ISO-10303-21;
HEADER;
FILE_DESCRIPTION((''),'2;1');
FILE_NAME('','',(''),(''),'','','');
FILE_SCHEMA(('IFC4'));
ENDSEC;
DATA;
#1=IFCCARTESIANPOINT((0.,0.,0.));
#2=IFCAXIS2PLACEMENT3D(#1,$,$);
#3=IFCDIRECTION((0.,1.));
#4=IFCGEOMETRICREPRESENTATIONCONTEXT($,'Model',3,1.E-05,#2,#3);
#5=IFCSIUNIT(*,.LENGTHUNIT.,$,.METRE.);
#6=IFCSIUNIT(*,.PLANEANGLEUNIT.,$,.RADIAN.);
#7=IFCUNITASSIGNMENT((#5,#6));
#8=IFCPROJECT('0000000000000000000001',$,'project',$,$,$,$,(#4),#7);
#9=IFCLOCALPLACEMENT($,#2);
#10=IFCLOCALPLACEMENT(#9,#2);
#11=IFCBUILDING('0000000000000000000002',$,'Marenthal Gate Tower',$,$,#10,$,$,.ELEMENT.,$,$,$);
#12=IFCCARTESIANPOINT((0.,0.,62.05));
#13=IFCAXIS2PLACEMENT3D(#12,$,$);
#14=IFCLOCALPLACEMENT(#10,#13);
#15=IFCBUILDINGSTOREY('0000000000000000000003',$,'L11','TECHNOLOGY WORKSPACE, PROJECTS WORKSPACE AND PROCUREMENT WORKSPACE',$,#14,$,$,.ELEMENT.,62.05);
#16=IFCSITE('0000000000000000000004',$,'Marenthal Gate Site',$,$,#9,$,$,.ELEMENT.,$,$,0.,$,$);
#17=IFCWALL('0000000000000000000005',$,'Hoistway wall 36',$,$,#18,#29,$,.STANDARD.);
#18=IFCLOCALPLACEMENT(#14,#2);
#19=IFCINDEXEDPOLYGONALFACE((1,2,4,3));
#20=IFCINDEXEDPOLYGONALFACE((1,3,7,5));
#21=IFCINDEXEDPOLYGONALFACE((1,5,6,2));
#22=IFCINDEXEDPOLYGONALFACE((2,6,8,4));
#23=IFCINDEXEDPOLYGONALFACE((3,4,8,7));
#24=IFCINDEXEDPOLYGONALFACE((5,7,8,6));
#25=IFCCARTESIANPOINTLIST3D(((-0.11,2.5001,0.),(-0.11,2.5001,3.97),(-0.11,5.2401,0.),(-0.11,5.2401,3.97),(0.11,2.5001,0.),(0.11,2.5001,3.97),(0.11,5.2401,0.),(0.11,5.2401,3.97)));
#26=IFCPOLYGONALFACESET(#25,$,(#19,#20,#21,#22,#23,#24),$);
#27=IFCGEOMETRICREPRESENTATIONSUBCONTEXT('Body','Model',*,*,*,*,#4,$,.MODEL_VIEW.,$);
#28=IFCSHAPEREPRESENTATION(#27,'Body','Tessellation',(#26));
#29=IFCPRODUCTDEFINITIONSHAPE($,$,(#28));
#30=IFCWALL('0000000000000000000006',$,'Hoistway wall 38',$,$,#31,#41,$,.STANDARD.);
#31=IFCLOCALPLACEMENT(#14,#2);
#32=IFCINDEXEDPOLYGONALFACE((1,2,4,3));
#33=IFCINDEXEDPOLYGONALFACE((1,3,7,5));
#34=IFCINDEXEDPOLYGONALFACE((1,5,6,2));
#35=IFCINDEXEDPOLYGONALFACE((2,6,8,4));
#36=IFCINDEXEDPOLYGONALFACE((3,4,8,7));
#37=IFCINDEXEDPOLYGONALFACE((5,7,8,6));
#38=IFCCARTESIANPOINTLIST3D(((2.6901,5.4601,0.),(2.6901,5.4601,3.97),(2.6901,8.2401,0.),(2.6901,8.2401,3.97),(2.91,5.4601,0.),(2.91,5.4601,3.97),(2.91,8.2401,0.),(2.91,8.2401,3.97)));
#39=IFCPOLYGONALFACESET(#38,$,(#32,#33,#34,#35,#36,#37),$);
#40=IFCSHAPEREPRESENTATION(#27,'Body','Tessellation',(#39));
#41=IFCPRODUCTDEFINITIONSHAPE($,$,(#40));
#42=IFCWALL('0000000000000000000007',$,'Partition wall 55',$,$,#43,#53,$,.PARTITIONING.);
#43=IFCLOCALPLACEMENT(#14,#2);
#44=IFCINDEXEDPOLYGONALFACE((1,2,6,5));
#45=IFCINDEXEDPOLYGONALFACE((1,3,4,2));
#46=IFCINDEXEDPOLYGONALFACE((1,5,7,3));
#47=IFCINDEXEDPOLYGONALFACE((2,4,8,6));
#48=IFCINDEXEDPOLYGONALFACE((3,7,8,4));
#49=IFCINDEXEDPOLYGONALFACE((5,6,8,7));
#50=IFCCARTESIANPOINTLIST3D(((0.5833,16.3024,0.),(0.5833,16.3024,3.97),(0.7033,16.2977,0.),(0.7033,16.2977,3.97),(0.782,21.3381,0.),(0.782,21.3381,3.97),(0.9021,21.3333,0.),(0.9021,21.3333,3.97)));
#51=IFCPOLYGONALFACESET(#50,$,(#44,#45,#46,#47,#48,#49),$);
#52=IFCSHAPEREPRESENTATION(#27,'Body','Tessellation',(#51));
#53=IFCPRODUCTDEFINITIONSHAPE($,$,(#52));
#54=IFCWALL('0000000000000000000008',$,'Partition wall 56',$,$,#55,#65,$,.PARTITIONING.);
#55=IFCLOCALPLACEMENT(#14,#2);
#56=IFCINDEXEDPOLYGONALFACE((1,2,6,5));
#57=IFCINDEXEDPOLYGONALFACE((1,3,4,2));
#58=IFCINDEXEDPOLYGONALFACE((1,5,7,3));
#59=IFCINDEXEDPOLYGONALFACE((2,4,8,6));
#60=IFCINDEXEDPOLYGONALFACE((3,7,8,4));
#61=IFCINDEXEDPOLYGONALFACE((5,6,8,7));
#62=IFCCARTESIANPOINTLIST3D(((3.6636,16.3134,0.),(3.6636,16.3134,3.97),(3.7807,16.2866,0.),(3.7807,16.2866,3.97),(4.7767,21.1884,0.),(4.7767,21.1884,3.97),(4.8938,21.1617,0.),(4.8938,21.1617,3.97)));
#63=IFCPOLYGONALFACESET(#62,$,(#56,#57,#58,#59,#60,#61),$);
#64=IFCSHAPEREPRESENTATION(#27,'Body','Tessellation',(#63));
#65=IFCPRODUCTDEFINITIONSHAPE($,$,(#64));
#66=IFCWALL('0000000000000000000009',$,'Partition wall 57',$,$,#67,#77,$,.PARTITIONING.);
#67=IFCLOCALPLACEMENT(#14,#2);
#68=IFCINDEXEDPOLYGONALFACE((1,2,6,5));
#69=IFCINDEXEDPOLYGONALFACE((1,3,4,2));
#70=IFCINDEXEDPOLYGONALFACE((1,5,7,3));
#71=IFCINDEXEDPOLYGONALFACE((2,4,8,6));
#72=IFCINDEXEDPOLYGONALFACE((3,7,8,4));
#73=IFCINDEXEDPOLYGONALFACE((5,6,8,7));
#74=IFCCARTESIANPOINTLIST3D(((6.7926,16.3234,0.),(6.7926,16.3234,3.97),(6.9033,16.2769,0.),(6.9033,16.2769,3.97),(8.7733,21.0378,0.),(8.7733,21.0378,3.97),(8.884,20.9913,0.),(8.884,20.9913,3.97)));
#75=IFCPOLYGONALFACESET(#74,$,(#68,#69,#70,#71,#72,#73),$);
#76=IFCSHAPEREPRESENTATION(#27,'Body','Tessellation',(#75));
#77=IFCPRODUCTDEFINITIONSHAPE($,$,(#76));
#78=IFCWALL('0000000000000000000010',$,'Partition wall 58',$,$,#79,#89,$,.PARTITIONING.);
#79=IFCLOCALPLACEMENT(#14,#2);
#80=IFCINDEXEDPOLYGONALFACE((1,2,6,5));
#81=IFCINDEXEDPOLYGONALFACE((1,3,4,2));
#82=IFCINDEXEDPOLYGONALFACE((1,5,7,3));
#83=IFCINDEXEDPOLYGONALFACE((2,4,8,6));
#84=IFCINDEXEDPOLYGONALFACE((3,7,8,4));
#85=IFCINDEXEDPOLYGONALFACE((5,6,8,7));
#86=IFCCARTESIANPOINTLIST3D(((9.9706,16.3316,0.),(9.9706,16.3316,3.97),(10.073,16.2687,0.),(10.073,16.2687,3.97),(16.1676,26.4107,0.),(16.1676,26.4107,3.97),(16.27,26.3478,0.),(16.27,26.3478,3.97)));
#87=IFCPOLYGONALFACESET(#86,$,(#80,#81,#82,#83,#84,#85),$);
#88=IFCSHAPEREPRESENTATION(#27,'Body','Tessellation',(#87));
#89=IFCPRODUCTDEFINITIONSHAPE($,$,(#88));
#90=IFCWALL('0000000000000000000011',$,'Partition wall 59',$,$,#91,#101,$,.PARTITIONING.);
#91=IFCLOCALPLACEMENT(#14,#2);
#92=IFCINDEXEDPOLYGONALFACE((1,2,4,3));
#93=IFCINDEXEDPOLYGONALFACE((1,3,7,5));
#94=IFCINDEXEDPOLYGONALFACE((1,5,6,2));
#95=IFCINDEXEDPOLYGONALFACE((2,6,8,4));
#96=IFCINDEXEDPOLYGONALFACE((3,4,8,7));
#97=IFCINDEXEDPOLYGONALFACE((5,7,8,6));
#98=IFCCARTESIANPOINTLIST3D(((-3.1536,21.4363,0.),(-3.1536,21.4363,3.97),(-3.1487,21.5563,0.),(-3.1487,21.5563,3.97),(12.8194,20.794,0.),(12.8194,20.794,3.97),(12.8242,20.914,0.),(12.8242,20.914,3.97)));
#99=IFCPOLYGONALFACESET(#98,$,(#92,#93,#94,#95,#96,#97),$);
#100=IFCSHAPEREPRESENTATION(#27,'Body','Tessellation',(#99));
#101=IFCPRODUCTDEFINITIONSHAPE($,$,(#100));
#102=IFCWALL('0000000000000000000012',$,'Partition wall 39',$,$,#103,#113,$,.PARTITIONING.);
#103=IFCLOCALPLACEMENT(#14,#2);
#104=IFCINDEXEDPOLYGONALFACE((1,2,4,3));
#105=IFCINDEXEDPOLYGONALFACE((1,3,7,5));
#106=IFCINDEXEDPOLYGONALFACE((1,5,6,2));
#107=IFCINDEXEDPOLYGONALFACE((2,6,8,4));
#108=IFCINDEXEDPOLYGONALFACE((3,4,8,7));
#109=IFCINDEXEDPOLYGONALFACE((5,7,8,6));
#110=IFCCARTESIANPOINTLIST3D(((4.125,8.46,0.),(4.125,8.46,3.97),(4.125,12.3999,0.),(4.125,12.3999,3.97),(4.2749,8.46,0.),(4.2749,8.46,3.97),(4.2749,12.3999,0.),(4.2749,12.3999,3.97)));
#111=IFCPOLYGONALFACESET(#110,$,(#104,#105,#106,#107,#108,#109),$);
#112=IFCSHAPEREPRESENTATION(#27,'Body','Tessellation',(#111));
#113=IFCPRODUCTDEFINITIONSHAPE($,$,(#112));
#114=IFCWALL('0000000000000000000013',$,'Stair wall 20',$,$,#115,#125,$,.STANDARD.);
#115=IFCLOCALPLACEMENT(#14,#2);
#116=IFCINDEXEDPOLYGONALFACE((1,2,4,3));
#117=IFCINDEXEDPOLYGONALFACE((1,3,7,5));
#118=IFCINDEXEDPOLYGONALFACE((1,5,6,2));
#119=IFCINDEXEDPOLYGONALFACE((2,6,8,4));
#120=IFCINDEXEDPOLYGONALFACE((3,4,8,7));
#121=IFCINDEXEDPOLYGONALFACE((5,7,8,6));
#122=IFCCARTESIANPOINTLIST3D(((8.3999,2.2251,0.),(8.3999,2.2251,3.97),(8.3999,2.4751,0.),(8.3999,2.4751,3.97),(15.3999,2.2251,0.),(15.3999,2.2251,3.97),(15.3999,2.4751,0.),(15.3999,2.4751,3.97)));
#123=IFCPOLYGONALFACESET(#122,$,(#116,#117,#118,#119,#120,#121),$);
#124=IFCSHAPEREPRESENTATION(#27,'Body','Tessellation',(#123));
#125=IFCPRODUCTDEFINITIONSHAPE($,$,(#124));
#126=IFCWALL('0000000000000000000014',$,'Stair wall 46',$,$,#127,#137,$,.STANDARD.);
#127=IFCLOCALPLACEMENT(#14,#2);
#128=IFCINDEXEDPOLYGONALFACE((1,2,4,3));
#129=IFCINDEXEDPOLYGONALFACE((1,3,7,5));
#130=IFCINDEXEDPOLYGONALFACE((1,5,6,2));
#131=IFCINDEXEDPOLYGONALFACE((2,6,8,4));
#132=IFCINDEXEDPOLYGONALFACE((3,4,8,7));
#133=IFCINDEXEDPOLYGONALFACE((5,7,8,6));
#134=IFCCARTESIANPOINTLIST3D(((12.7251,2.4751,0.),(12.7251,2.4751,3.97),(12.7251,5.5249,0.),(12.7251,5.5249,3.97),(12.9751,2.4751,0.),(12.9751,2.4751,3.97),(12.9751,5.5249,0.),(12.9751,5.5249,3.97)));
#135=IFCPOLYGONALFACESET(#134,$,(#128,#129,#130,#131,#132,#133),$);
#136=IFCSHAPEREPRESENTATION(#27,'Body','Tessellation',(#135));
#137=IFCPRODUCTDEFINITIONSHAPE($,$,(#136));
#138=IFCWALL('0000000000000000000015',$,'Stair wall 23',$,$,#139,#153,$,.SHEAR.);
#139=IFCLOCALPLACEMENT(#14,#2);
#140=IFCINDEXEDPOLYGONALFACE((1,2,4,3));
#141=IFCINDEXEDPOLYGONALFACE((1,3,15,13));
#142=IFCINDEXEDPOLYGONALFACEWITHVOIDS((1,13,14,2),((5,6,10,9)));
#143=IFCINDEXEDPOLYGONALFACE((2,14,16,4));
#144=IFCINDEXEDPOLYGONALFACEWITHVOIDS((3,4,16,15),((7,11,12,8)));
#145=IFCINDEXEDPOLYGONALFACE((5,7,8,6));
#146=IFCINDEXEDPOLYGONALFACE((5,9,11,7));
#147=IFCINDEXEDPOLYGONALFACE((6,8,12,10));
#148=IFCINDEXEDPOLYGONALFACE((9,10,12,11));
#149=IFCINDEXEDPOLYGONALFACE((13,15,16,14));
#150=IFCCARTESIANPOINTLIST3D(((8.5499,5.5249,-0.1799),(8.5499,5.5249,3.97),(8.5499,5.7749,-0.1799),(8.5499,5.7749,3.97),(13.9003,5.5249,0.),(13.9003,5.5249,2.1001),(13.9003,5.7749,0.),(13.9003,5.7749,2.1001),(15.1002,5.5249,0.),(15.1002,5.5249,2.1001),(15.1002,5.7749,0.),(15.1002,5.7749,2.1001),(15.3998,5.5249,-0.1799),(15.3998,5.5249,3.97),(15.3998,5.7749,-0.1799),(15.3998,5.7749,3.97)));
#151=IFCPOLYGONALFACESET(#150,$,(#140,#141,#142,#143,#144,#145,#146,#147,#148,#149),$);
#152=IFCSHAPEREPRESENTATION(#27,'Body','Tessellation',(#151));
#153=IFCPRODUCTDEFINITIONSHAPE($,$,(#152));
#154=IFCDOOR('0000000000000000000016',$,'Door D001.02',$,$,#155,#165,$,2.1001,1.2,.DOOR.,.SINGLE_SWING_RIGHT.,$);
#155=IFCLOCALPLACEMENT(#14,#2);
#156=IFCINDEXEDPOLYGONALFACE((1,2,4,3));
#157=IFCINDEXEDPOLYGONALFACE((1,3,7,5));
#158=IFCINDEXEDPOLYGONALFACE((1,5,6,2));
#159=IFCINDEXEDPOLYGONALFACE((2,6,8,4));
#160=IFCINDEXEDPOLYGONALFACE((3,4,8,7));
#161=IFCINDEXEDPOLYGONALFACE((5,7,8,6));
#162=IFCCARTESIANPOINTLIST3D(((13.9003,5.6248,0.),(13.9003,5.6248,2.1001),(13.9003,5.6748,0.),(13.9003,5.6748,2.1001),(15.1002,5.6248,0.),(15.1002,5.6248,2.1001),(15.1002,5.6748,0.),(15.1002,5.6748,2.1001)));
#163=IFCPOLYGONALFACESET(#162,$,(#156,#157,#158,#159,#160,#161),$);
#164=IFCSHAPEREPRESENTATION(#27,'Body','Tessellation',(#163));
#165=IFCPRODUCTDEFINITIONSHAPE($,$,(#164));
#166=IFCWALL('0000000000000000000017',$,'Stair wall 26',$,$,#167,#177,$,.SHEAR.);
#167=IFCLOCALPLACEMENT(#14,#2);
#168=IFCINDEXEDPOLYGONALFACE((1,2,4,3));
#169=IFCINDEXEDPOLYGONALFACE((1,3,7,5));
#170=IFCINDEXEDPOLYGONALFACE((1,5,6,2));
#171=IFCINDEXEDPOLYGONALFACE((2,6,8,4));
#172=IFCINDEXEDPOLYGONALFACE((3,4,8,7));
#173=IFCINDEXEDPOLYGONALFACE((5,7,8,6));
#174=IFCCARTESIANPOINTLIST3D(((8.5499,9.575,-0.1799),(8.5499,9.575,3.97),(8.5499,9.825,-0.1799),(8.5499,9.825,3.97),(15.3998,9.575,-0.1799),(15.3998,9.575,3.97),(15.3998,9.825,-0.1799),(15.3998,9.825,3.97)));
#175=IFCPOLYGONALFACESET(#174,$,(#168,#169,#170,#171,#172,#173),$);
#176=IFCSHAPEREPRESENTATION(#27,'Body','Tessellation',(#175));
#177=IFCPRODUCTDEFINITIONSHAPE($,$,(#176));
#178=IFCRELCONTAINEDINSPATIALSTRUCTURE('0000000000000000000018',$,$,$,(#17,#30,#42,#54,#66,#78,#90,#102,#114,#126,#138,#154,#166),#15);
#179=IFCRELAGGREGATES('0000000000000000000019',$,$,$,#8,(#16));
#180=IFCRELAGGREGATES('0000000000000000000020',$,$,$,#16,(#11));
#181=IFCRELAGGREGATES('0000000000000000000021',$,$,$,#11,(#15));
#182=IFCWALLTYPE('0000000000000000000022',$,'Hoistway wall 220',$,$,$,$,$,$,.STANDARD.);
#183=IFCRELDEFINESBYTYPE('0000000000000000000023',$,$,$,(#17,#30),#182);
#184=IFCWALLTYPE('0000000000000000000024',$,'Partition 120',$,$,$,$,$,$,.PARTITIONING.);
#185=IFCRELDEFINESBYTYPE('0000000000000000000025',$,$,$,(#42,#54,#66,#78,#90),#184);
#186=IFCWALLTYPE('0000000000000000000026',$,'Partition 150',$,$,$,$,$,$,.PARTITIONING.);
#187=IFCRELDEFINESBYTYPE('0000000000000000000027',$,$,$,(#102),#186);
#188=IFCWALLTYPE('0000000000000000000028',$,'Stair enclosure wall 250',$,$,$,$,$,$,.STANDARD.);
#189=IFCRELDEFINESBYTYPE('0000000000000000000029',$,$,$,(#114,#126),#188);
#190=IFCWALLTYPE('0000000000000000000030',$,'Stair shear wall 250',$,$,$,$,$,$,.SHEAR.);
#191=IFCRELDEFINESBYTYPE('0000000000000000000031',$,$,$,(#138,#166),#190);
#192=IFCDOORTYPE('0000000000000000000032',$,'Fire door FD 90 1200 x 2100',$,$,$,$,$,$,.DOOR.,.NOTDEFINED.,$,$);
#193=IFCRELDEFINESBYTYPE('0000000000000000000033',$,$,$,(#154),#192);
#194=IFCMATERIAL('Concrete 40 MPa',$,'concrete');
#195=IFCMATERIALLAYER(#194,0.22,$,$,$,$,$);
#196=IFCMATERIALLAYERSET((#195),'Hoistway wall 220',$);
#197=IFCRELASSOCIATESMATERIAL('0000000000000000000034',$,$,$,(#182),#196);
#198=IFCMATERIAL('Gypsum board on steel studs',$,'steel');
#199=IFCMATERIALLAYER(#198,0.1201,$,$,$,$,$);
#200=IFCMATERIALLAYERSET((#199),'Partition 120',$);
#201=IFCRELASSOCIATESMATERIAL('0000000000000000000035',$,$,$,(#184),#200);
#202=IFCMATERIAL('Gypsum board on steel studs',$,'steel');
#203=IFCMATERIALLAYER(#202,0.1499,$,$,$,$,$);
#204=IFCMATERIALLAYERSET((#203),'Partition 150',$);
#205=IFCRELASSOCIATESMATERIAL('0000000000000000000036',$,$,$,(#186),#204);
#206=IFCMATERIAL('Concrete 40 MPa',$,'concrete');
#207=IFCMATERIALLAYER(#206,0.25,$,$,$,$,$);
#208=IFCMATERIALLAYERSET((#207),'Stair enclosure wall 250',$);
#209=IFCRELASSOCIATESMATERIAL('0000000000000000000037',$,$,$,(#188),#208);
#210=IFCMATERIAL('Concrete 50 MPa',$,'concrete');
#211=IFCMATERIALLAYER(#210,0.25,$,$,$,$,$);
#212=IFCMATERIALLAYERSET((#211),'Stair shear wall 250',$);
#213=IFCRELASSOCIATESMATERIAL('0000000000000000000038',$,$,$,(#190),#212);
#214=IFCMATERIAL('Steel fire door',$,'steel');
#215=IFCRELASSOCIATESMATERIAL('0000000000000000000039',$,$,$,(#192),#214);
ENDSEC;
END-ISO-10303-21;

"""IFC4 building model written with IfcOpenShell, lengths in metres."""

from ifc_helpers import new_model, si_unit, direction, frame, frame_2d, origin, place, context, subcontext, project, spatial, rectangle, extrude, material, layer, layer_set, type_object, element, fill, save


model = new_model("IFC4")

# Units and contexts
model_context = context("Model", 3, precision=1e-05, world=origin(), true_north=direction((0.0, 1.0)))
body_context = subcontext(model_context, "Body", "Model", "MODEL_VIEW")
ifc_project = project(units=[si_unit("LENGTHUNIT", "METRE"), si_unit("PLANEANGLEUNIT", "RADIAN")], contexts=[model_context])

# Site, building, storey
site_placement = place(None, origin())
site = spatial("IfcSite", under=ifc_project, at=site_placement, Name="Marenthal Gate Site", CompositionType="ELEMENT", RefElevation=0.0)
building_placement = place(site_placement, origin())
building = spatial("IfcBuilding", under=site, at=building_placement, Name="Marenthal Gate Tower", CompositionType="ELEMENT")
storey_placement = place(building_placement, frame((0.0, 0.0, 62.05)))
storey = spatial("IfcBuildingStorey", under=building, at=storey_placement, Name="L11", Description="TECHNOLOGY WORKSPACE, PROJECTS WORKSPACE AND PROCUREMENT WORKSPACE", CompositionType="ELEMENT", Elevation=62.05)

# Walls
ifc_material_1 = material(Name="Concrete 40 MPa", Category="concrete")
ifc_layer_1 = layer(ifc_material_1, 0.22)
ifc_layer_set_1 = layer_set([ifc_layer_1], Name="Hoistway wall 220")
wall_type_1 = type_object("IfcWallType", Name="Hoistway wall 220", PredefinedType="STANDARD", material=ifc_layer_set_1)
wall_1_placement = place(storey_placement, frame((0.0, 2.5, 0.0), z_axis=(0.0, 0.0, 1.0), x_axis=(0.0, 1.0, 0.0)))
element("IfcWall", 1, at=wall_1_placement, inside=storey, type_object=wall_type_1, Name="Hoistway wall 36", PredefinedType="STANDARD", context=body_context, shape_type="SweptSolid", body=[
    extrude(rectangle(XDim=2.74, YDim=0.22, at=frame_2d((1.3701, 0.0))), origin(), (0.0, 0.0, 1.0), 3.97),
])
wall_2_placement = place(storey_placement, frame((2.8, 5.46, 0.0), z_axis=(0.0, 0.0, 1.0), x_axis=(0.0, 1.0, 0.0)))
element("IfcWall", 2, at=wall_2_placement, inside=storey, type_object=wall_type_1, Name="Hoistway wall 38", PredefinedType="STANDARD", context=body_context, shape_type="SweptSolid", body=[
    extrude(rectangle(XDim=2.78, YDim=0.22, at=frame_2d((1.3901, 0.0))), origin(), (0.0, 0.0, 1.0), 3.97),
])
ifc_material_2 = material(Name="Gypsum board on steel studs", Category="steel")
ifc_layer_2 = layer(ifc_material_2, 0.1201)
ifc_layer_set_2 = layer_set([ifc_layer_2], Name="Partition 120")
wall_type_2 = type_object("IfcWallType", Name="Partition 120", PredefinedType="PARTITIONING", material=ifc_layer_set_2)
wall_3_placement = place(storey_placement, frame((0.842, 21.3357, 0.0), z_axis=(0.0, 0.0, 1.0), x_axis=(-0.039434, -0.999222, 0.0)))
element("IfcWall", 3, at=wall_3_placement, inside=storey, type_object=wall_type_2, Name="Partition wall 55", PredefinedType="PARTITIONING", context=body_context, shape_type="SweptSolid", body=[
    extrude(rectangle(XDim=5.0396, YDim=0.1201, at=frame_2d((2.5198, 0.0))), origin(), (0.0, 0.0, 1.0), 3.97),
])
wall_4_placement = place(storey_placement, frame((4.8352, 21.175, 0.0), z_axis=(0.0, 0.0, 1.0), x_axis=(-0.222587, -0.974913, 0.0)))
element("IfcWall", 4, at=wall_4_placement, inside=storey, type_object=wall_type_2, Name="Partition wall 56", PredefinedType="PARTITIONING", context=body_context, shape_type="SweptSolid", body=[
    extrude(rectangle(XDim=5.0005, YDim=0.1201, at=frame_2d((2.5002, 0.0))), origin(), (0.0, 0.0, 1.0), 3.97),
])
wall_5_placement = place(storey_placement, frame((8.8286, 21.0144, 0.0), z_axis=(0.0, 0.0, 1.0), x_axis=(-0.387346, -0.921934, 0.0)))
element("IfcWall", 5, at=wall_5_placement, inside=storey, type_object=wall_type_2, Name="Partition wall 57", PredefinedType="PARTITIONING", context=body_context, shape_type="SweptSolid", body=[
    extrude(rectangle(XDim=5.1135, YDim=0.1201, at=frame_2d((2.5566, 0.0))), origin(), (0.0, 0.0, 1.0), 3.97),
])
wall_6_placement = place(storey_placement, frame((10.0217, 16.3, 0.0), z_axis=(0.0, 0.0, 1.0), x_axis=(0.52376, 0.851866, 0.0)))
element("IfcWall", 6, at=wall_6_placement, inside=storey, type_object=wall_type_2, Name="Partition wall 58", PredefinedType="PARTITIONING", context=body_context, shape_type="SweptSolid", body=[
    extrude(rectangle(XDim=11.8318, YDim=0.1201, at=frame_2d((5.916, 0.0))), origin(), (0.0, 0.0, 1.0), 3.97),
])
wall_7_placement = place(storey_placement, frame((12.8218, 20.854, 0.0), z_axis=(0.0, 0.0, 1.0), x_axis=(-0.999192, 0.040182, 0.0)))
element("IfcWall", 7, at=wall_7_placement, inside=storey, type_object=wall_type_2, Name="Partition wall 59", PredefinedType="PARTITIONING", context=body_context, shape_type="SweptSolid", body=[
    extrude(rectangle(XDim=15.9858, YDim=0.1201, at=frame_2d((7.9929, 0.0))), origin(), (0.0, 0.0, 1.0), 3.97),
])
ifc_material_3 = material(Name="Gypsum board on steel studs", Category="steel")
ifc_layer_3 = layer(ifc_material_3, 0.1499)
ifc_layer_set_3 = layer_set([ifc_layer_3], Name="Partition 150")
wall_type_3 = type_object("IfcWallType", Name="Partition 150", PredefinedType="PARTITIONING", material=ifc_layer_set_3)
wall_8_placement = place(storey_placement, frame((4.2, 8.46, 0.0), z_axis=(0.0, 0.0, 1.0), x_axis=(0.0, 1.0, 0.0)))
element("IfcWall", 8, at=wall_8_placement, inside=storey, type_object=wall_type_3, Name="Partition wall 39", PredefinedType="PARTITIONING", context=body_context, shape_type="SweptSolid", body=[
    extrude(rectangle(XDim=3.9399, YDim=0.1499, at=frame_2d((1.97, 0.0))), origin(), (0.0, 0.0, 1.0), 3.97),
])
ifc_material_4 = material(Name="Concrete 40 MPa", Category="concrete")
ifc_layer_4 = layer(ifc_material_4, 0.25)
ifc_layer_set_4 = layer_set([ifc_layer_4], Name="Stair enclosure wall 250")
wall_type_4 = type_object("IfcWallType", Name="Stair enclosure wall 250", PredefinedType="STANDARD", material=ifc_layer_set_4)
wall_9_placement = place(storey_placement, frame((8.3999, 2.3501, 0.0), z_axis=(0.0, 0.0, 1.0), x_axis=(1.0, 0.0, 0.0)))
element("IfcWall", 9, at=wall_9_placement, inside=storey, type_object=wall_type_4, Name="Stair wall 20", PredefinedType="STANDARD", context=body_context, shape_type="SweptSolid", body=[
    extrude(rectangle(XDim=7.0, YDim=0.25, at=frame_2d((3.5, 0.0))), origin(), (0.0, 0.0, 1.0), 3.97),
])
wall_10_placement = place(storey_placement, frame((12.8501, 2.4751, 0.0), z_axis=(0.0, 0.0, 1.0), x_axis=(0.0, 1.0, 0.0)))
element("IfcWall", 10, at=wall_10_placement, inside=storey, type_object=wall_type_4, Name="Stair wall 46", PredefinedType="STANDARD", context=body_context, shape_type="SweptSolid", body=[
    extrude(rectangle(XDim=3.0498, YDim=0.25, at=frame_2d((1.5249, 0.0))), origin(), (0.0, 0.0, 1.0), 3.97),
])

# Wall, opening, door
ifc_material_5 = material(Name="Concrete 50 MPa", Category="concrete")
ifc_layer_5 = layer(ifc_material_5, 0.25)
ifc_layer_set_5 = layer_set([ifc_layer_5], Name="Stair shear wall 250")
wall_type_5 = type_object("IfcWallType", Name="Stair shear wall 250", PredefinedType="SHEAR", material=ifc_layer_set_5)
wall_11_placement = place(storey_placement, frame((8.55, 5.6499, -0.1799), z_axis=(0.0, 0.0, 1.0), x_axis=(1.0, 0.0, 0.0)))
wall_11 = element("IfcWall", 11, at=wall_11_placement, inside=storey, type_object=wall_type_5, Name="Stair wall 23", PredefinedType="SHEAR", context=body_context, shape_type="SweptSolid", body=[
    extrude(rectangle(XDim=6.8499, YDim=0.25, at=frame_2d((3.4248, 0.0))), origin(), (0.0, 0.0, 1.0), 4.1499),
])
opening_1_placement = place(wall_11_placement, frame((5.3501, 0.0, 0.1799)))
opening_1 = element("IfcOpeningElement", 12, at=opening_1_placement, cuts=wall_11, PredefinedType="OPENING", context=body_context, shape_type="SweptSolid", body=[
    extrude(rectangle(XDim=1.2, YDim=2.1001, at=frame_2d((0.6001, 1.05))), frame((0.0, 0.135, 0.0), z_axis=(0.0, -1.0, 0.0), x_axis=(1.0, 0.0, 0.0)), (0.0, 0.0, 1.0), 0.27),
])
ifc_material_6 = material(Name="Steel fire door", Category="steel")
door_type_1 = type_object("IfcDoorType", Name="Fire door FD 90 1200 x 2100", OperationType="NOTDEFINED", PredefinedType="DOOR", material=ifc_material_6)
door_1_placement = place(opening_1_placement, origin())
door_1 = element("IfcDoor", 13, at=door_1_placement, inside=storey, type_object=door_type_1, Name="Door D001.02", OperationType="SINGLE_SWING_RIGHT", OverallHeight=2.1001, OverallWidth=1.2, PredefinedType="DOOR", context=body_context, shape_type="SweptSolid", body=[
    extrude(rectangle(XDim=1.2, YDim=2.1001, at=frame_2d((0.6001, 1.05))), frame((0.0, 0.0249, 0.0), z_axis=(0.0, -1.0, 0.0), x_axis=(1.0, 0.0, 0.0)), (0.0, 0.0, 1.0), 0.05),
])
fill(opening_1, door_1)

# Wall
wall_12_placement = place(storey_placement, frame((8.55, 9.7, -0.1799), z_axis=(0.0, 0.0, 1.0), x_axis=(1.0, 0.0, 0.0)))
element("IfcWall", 14, at=wall_12_placement, inside=storey, type_object=wall_type_5, Name="Stair wall 26", PredefinedType="SHEAR", context=body_context, shape_type="SweptSolid", body=[
    extrude(rectangle(XDim=6.8499, YDim=0.25, at=frame_2d((3.4248, 0.0))), origin(), (0.0, 0.0, 1.0), 4.1499),
])

save(model, "model.ifc")
